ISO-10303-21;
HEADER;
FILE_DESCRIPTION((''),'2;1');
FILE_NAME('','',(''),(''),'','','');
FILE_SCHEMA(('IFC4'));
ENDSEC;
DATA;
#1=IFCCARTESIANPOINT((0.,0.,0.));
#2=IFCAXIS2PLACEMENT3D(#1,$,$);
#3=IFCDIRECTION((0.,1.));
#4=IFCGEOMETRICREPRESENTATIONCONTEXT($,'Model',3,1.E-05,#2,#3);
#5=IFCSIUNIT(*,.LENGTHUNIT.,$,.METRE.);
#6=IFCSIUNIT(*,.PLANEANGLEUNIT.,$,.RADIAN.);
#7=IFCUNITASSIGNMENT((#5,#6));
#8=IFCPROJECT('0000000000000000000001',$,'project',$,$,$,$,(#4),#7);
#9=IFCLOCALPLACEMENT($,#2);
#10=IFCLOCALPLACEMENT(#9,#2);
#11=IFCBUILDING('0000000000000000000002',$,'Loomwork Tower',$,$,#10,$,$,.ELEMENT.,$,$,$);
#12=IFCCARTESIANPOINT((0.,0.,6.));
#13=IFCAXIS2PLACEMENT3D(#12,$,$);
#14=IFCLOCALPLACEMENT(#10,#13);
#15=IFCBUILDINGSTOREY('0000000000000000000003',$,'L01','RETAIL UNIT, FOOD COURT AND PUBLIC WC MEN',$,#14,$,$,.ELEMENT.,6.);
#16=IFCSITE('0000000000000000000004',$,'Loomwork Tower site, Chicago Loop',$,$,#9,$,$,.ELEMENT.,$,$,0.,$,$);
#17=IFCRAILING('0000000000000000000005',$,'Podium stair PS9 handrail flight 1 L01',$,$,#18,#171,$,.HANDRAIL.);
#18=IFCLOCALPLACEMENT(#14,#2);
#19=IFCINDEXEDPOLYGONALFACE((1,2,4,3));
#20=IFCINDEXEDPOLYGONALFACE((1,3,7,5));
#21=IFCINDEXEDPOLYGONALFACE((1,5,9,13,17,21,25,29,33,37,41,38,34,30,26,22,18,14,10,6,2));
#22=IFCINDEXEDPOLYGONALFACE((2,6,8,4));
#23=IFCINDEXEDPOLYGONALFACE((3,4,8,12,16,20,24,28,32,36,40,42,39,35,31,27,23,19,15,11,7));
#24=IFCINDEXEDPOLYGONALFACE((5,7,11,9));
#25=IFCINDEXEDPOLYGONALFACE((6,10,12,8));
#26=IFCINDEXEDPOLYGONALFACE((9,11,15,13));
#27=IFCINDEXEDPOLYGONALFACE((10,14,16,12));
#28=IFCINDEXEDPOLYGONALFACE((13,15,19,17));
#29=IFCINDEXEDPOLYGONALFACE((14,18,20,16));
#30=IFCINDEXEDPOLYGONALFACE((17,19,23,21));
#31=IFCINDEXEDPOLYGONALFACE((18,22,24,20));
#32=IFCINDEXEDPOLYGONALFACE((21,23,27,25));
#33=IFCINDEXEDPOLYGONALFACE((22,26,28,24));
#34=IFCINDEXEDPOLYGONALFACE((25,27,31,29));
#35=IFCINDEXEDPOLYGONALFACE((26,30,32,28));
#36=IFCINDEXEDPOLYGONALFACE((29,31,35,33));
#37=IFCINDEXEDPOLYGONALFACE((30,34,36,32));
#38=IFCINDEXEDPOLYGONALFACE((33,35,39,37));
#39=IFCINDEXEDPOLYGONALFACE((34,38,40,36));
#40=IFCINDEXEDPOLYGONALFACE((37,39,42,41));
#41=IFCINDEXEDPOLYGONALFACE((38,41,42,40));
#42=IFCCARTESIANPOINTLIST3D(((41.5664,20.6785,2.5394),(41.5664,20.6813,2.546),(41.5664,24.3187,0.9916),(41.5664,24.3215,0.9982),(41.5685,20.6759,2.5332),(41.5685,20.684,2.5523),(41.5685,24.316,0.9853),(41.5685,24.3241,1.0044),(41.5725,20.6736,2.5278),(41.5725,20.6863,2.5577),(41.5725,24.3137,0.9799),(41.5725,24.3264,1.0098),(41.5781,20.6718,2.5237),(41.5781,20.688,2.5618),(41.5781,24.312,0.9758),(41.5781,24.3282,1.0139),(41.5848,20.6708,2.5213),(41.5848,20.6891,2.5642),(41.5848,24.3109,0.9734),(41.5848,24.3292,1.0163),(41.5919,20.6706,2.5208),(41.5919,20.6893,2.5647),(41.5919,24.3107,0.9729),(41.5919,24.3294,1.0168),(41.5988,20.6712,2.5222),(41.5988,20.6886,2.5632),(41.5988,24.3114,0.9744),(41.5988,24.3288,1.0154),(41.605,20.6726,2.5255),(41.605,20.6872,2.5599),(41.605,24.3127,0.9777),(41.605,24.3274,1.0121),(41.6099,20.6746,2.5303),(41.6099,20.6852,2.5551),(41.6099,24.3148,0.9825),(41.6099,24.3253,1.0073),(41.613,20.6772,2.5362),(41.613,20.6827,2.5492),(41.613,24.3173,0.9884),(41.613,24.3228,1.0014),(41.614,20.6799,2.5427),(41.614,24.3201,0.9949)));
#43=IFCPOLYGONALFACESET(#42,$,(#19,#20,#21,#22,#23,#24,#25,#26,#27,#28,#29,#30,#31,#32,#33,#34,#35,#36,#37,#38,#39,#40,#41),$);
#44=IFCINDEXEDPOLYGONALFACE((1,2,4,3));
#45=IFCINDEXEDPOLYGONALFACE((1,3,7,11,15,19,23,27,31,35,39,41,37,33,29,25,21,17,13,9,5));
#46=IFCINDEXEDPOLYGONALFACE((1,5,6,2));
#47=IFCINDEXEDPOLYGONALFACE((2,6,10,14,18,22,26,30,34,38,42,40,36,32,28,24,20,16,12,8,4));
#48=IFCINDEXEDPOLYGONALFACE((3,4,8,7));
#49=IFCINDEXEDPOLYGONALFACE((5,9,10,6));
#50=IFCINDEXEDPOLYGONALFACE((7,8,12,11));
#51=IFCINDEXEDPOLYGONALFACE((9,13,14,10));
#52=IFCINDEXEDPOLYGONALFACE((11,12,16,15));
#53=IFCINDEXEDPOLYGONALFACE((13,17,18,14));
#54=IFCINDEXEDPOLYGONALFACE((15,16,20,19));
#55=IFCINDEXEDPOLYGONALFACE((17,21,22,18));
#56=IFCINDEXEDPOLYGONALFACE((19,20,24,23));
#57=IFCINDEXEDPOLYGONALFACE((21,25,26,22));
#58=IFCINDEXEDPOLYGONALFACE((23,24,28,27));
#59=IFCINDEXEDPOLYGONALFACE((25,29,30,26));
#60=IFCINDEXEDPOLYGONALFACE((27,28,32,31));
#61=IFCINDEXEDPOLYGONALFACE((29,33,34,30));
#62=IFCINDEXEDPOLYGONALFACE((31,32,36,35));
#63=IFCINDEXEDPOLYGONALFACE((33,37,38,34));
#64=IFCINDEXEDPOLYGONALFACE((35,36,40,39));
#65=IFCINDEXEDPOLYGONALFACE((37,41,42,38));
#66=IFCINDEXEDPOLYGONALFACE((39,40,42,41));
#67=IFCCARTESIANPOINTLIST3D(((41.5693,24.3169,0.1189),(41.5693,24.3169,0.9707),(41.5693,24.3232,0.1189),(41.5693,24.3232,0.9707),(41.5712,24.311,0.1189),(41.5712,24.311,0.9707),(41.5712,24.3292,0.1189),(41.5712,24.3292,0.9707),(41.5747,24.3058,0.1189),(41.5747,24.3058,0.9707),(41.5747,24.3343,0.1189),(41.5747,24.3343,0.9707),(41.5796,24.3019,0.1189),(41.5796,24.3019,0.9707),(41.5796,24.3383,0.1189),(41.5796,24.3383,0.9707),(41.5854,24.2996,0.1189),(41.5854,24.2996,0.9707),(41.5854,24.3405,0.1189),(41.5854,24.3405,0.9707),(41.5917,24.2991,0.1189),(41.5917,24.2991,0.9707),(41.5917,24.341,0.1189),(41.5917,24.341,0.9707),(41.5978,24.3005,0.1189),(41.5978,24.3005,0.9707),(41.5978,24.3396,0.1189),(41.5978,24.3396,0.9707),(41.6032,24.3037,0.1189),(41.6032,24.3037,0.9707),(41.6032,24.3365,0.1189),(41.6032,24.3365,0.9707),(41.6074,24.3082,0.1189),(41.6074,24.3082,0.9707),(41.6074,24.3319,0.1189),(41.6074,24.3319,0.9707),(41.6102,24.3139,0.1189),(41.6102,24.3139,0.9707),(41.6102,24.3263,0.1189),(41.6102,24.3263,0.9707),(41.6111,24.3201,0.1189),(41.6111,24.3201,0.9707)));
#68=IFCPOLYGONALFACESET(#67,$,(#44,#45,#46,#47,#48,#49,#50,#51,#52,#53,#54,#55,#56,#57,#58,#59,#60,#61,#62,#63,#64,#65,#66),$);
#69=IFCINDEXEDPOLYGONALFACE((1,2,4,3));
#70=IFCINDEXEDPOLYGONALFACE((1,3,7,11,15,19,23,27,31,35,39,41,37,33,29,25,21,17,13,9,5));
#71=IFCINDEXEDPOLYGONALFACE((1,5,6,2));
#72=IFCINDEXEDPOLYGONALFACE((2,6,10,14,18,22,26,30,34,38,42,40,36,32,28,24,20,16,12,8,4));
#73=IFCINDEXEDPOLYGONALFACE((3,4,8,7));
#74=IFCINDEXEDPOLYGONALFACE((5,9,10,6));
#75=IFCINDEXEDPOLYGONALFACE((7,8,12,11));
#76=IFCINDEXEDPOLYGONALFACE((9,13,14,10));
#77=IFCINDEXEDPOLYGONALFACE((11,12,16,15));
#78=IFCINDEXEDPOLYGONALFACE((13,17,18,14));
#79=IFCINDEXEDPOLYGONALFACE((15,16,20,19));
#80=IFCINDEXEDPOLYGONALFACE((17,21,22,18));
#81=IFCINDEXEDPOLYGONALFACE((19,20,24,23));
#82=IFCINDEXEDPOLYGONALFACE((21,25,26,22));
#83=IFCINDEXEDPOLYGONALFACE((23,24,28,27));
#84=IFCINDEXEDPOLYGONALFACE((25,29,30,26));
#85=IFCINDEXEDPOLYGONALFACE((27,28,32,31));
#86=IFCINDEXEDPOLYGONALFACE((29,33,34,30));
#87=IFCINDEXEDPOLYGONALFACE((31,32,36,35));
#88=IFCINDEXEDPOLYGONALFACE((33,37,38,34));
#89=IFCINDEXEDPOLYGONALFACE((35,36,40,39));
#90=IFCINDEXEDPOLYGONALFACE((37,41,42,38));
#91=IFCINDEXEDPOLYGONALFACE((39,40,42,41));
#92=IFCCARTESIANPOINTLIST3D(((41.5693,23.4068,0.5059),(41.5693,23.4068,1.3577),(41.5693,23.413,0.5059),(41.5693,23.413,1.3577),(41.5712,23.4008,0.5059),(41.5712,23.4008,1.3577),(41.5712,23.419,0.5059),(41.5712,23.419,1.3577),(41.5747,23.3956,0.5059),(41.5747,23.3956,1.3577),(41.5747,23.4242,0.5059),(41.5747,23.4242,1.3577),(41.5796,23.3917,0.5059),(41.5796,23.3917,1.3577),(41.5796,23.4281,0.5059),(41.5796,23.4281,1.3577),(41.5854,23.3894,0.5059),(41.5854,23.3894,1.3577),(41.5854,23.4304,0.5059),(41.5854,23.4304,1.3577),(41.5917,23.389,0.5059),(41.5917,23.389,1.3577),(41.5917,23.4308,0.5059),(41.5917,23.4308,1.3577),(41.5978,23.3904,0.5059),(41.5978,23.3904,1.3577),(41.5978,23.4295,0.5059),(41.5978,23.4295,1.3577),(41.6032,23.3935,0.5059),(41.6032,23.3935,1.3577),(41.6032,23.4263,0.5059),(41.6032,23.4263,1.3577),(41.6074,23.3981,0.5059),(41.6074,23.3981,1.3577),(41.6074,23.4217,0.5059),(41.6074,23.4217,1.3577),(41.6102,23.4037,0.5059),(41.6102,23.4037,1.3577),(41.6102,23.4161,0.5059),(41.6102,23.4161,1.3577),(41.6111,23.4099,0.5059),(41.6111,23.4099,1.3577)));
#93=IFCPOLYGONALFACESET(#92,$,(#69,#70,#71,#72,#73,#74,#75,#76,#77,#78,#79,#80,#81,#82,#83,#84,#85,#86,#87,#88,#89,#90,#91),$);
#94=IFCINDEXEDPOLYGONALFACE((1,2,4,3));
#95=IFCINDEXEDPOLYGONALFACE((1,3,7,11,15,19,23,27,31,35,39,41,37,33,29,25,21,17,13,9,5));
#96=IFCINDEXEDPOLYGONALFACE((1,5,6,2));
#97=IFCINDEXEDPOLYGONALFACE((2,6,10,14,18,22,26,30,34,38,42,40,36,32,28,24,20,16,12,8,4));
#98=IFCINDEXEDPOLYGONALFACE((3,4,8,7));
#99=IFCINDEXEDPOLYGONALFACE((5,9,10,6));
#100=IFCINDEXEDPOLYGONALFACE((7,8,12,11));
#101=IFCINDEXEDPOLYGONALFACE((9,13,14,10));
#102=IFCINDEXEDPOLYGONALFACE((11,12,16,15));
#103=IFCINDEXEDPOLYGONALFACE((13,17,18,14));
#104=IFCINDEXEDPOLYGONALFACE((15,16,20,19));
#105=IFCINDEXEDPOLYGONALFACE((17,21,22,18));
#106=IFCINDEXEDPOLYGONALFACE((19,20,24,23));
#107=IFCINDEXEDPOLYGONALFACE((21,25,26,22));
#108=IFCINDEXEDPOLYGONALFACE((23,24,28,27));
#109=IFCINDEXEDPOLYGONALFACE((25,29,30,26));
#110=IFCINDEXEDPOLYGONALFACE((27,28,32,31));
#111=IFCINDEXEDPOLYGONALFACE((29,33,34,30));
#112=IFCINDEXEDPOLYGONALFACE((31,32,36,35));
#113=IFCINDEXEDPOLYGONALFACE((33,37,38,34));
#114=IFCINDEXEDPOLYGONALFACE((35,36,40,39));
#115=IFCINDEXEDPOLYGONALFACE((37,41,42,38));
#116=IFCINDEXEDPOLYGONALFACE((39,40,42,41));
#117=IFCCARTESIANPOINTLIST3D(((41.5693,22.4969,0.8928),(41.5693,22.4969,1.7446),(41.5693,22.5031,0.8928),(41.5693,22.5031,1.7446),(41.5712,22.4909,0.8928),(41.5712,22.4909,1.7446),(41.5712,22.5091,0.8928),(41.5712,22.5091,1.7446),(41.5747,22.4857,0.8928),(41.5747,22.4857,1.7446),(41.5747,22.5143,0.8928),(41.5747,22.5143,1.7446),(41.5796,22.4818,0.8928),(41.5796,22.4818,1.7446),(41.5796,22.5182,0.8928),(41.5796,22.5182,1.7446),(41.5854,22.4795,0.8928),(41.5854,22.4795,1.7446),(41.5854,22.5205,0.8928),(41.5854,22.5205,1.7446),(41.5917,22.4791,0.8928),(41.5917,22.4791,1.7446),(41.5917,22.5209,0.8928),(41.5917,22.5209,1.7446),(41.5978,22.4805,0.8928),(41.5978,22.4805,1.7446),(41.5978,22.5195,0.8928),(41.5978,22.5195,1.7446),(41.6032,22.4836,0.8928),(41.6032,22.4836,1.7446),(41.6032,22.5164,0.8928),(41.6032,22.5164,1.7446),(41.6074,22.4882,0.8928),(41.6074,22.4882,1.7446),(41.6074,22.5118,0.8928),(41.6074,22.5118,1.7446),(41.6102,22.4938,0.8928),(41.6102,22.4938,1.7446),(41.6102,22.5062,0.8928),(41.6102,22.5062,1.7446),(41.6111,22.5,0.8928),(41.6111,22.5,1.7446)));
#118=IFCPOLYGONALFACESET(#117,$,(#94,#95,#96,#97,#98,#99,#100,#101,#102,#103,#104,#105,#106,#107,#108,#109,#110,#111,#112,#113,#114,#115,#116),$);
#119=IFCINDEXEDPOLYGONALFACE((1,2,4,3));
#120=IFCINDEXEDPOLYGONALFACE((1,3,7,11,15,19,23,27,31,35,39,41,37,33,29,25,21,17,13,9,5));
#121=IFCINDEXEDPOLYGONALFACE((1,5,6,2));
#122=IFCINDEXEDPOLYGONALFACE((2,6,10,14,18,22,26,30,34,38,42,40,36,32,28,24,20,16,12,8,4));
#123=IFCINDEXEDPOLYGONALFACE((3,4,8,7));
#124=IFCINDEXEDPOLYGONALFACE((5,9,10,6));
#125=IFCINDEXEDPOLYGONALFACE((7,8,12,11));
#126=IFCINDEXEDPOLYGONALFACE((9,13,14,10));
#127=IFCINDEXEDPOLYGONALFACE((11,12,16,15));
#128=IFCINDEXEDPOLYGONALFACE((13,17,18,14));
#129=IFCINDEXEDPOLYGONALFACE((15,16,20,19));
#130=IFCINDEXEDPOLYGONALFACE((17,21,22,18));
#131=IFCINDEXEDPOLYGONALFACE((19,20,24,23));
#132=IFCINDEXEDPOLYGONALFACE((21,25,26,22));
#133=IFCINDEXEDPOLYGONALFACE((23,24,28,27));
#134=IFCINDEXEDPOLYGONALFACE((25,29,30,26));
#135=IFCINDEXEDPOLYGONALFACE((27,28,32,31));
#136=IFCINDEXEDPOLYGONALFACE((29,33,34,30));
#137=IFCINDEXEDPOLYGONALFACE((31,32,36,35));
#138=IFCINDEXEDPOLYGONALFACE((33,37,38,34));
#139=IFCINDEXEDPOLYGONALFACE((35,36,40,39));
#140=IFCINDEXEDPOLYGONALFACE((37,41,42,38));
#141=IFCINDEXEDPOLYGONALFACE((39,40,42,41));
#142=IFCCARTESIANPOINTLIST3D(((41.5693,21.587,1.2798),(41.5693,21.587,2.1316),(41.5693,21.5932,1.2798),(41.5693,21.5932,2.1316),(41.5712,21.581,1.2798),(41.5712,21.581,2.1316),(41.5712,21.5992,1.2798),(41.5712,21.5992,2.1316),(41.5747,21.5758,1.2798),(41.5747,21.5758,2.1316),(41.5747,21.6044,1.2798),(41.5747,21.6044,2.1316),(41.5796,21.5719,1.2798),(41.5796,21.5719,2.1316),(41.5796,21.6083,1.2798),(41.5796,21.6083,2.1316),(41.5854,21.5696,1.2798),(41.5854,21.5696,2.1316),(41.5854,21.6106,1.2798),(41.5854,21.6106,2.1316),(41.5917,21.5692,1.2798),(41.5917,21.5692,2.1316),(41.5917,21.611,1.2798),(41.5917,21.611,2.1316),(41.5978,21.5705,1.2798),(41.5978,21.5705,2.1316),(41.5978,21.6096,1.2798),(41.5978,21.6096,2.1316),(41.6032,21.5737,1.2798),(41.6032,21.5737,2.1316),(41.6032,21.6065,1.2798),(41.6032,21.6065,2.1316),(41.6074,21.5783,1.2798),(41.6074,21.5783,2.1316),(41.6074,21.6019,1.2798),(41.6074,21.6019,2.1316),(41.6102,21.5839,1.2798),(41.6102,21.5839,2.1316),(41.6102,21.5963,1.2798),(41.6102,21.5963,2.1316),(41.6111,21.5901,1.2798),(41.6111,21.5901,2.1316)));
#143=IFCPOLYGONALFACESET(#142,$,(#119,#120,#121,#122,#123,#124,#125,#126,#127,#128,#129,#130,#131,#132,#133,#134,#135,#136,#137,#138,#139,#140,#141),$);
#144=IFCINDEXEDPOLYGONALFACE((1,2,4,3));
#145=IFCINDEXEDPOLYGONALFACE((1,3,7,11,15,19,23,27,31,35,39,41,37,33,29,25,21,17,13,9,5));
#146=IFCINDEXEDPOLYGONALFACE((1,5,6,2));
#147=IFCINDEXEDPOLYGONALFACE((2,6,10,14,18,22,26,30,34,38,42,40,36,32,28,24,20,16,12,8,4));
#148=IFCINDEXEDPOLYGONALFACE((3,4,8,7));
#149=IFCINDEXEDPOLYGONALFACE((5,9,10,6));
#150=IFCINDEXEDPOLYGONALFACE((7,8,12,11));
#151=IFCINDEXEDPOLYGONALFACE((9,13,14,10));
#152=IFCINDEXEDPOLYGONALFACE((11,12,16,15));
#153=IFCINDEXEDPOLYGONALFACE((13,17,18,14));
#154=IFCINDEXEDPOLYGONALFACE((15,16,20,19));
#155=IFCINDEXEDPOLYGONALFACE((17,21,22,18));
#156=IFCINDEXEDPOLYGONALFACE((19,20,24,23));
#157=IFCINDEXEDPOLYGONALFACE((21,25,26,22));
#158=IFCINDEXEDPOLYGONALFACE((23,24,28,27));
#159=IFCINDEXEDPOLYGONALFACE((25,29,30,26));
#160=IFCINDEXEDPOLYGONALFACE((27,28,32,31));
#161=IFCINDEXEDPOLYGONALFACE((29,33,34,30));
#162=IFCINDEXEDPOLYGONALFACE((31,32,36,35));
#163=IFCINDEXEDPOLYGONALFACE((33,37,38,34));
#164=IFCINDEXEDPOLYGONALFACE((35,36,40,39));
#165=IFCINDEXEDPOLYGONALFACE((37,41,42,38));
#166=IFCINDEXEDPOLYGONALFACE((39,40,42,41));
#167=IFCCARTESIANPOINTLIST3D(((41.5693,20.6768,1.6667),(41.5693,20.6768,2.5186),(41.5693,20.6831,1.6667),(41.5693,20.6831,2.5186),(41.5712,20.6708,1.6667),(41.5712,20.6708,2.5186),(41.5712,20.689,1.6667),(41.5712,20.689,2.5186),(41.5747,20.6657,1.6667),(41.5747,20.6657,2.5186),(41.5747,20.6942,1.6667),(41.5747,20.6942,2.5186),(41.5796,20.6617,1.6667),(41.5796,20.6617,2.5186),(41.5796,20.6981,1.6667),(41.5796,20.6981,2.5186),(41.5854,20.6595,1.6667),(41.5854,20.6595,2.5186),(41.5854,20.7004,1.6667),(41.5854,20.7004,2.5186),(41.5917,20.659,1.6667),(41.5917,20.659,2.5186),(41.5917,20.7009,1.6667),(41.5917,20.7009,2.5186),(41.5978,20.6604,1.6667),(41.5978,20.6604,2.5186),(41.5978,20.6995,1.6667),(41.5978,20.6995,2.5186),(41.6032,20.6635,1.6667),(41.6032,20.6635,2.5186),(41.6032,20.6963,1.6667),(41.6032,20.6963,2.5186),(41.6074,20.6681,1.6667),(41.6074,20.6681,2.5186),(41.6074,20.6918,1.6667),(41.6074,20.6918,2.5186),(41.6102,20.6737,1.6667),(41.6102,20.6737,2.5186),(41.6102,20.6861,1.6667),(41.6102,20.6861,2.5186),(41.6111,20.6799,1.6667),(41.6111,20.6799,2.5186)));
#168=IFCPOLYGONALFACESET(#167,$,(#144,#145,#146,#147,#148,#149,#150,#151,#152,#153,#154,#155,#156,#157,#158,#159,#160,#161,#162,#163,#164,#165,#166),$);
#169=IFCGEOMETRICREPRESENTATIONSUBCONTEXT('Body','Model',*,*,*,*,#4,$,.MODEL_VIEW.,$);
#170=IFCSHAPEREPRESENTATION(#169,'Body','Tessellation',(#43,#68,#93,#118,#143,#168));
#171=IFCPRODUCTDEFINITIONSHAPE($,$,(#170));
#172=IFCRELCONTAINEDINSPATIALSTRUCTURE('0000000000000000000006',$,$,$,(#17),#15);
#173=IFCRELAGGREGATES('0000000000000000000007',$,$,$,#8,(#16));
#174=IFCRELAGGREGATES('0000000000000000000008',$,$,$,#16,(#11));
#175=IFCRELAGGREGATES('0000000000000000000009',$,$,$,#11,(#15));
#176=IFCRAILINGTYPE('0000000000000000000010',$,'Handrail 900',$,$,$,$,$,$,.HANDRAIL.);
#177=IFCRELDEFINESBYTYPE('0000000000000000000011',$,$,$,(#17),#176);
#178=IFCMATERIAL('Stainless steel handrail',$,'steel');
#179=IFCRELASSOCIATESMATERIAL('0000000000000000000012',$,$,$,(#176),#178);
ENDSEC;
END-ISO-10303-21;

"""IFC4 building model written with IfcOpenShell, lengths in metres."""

from ifc_helpers import new_model, si_unit, direction, frame, origin, origin_2d, place, context, subcontext, project, spatial, circle, extrude, material, type_object, element, save


model = new_model("IFC4")

# Units and contexts
model_context = context("Model", 3, precision=1e-05, world=origin(), true_north=direction((0.0, 1.0)))
body_context = subcontext(model_context, "Body", "Model", "MODEL_VIEW")
ifc_project = project(units=[si_unit("LENGTHUNIT", "METRE"), si_unit("PLANEANGLEUNIT", "RADIAN")], contexts=[model_context])

# Site, building, storey
site_placement = place(None, origin())
site = spatial("IfcSite", under=ifc_project, at=site_placement, Name="Loomwork Tower site, Chicago Loop", CompositionType="ELEMENT", RefElevation=0.0)
building_placement = place(site_placement, origin())
building = spatial("IfcBuilding", under=site, at=building_placement, Name="Loomwork Tower", CompositionType="ELEMENT")
storey_placement = place(building_placement, frame((0.0, 0.0, 6.0)))
storey = spatial("IfcBuildingStorey", under=building, at=storey_placement, Name="L01", Description="RETAIL UNIT, FOOD COURT AND PUBLIC WC MEN", CompositionType="ELEMENT", Elevation=6.0)

# Railing
ifc_material_1 = material(Name="Stainless steel handrail", Category="steel")
railing_type = type_object("IfcRailingType", Name="Handrail 900", PredefinedType="HANDRAIL", material=ifc_material_1)
railing_1_placement = place(storey_placement, frame((41.5901, 24.3201, 0.1189)))
element("IfcRailing", 1, at=railing_1_placement, inside=storey, type_object=railing_type, Name="Podium stair PS9 handrail flight 1 L01", PredefinedType="HANDRAIL", context=body_context, shape_type="SweptSolid", body=[
    extrude(circle(Radius=0.0239, at=origin_2d()), frame((0.0, 0.0, 0.876), z_axis=(0.0, -0.920259, 0.391311), x_axis=(1.0, 0.0, 0.0)), (0.0, 0.0, 1.0), 3.9556),
    extrude(circle(Radius=0.021, at=origin_2d()), origin(), (0.0, 0.0, 1.0), 0.8518),
    extrude(circle(Radius=0.021, at=origin_2d()), frame((0.0, -0.9102, 0.387)), (0.0, 0.0, 1.0), 0.8518),
    extrude(circle(Radius=0.021, at=origin_2d()), frame((0.0, -1.8201, 0.7739)), (0.0, 0.0, 1.0), 0.8518),
    extrude(circle(Radius=0.021, at=origin_2d()), frame((0.0, -2.73, 1.1609)), (0.0, 0.0, 1.0), 0.8518),
    extrude(circle(Radius=0.021, at=origin_2d()), frame((0.0, -3.6401, 1.5479)), (0.0, 0.0, 1.0), 0.8518),
])

save(model, "model.ifc")
